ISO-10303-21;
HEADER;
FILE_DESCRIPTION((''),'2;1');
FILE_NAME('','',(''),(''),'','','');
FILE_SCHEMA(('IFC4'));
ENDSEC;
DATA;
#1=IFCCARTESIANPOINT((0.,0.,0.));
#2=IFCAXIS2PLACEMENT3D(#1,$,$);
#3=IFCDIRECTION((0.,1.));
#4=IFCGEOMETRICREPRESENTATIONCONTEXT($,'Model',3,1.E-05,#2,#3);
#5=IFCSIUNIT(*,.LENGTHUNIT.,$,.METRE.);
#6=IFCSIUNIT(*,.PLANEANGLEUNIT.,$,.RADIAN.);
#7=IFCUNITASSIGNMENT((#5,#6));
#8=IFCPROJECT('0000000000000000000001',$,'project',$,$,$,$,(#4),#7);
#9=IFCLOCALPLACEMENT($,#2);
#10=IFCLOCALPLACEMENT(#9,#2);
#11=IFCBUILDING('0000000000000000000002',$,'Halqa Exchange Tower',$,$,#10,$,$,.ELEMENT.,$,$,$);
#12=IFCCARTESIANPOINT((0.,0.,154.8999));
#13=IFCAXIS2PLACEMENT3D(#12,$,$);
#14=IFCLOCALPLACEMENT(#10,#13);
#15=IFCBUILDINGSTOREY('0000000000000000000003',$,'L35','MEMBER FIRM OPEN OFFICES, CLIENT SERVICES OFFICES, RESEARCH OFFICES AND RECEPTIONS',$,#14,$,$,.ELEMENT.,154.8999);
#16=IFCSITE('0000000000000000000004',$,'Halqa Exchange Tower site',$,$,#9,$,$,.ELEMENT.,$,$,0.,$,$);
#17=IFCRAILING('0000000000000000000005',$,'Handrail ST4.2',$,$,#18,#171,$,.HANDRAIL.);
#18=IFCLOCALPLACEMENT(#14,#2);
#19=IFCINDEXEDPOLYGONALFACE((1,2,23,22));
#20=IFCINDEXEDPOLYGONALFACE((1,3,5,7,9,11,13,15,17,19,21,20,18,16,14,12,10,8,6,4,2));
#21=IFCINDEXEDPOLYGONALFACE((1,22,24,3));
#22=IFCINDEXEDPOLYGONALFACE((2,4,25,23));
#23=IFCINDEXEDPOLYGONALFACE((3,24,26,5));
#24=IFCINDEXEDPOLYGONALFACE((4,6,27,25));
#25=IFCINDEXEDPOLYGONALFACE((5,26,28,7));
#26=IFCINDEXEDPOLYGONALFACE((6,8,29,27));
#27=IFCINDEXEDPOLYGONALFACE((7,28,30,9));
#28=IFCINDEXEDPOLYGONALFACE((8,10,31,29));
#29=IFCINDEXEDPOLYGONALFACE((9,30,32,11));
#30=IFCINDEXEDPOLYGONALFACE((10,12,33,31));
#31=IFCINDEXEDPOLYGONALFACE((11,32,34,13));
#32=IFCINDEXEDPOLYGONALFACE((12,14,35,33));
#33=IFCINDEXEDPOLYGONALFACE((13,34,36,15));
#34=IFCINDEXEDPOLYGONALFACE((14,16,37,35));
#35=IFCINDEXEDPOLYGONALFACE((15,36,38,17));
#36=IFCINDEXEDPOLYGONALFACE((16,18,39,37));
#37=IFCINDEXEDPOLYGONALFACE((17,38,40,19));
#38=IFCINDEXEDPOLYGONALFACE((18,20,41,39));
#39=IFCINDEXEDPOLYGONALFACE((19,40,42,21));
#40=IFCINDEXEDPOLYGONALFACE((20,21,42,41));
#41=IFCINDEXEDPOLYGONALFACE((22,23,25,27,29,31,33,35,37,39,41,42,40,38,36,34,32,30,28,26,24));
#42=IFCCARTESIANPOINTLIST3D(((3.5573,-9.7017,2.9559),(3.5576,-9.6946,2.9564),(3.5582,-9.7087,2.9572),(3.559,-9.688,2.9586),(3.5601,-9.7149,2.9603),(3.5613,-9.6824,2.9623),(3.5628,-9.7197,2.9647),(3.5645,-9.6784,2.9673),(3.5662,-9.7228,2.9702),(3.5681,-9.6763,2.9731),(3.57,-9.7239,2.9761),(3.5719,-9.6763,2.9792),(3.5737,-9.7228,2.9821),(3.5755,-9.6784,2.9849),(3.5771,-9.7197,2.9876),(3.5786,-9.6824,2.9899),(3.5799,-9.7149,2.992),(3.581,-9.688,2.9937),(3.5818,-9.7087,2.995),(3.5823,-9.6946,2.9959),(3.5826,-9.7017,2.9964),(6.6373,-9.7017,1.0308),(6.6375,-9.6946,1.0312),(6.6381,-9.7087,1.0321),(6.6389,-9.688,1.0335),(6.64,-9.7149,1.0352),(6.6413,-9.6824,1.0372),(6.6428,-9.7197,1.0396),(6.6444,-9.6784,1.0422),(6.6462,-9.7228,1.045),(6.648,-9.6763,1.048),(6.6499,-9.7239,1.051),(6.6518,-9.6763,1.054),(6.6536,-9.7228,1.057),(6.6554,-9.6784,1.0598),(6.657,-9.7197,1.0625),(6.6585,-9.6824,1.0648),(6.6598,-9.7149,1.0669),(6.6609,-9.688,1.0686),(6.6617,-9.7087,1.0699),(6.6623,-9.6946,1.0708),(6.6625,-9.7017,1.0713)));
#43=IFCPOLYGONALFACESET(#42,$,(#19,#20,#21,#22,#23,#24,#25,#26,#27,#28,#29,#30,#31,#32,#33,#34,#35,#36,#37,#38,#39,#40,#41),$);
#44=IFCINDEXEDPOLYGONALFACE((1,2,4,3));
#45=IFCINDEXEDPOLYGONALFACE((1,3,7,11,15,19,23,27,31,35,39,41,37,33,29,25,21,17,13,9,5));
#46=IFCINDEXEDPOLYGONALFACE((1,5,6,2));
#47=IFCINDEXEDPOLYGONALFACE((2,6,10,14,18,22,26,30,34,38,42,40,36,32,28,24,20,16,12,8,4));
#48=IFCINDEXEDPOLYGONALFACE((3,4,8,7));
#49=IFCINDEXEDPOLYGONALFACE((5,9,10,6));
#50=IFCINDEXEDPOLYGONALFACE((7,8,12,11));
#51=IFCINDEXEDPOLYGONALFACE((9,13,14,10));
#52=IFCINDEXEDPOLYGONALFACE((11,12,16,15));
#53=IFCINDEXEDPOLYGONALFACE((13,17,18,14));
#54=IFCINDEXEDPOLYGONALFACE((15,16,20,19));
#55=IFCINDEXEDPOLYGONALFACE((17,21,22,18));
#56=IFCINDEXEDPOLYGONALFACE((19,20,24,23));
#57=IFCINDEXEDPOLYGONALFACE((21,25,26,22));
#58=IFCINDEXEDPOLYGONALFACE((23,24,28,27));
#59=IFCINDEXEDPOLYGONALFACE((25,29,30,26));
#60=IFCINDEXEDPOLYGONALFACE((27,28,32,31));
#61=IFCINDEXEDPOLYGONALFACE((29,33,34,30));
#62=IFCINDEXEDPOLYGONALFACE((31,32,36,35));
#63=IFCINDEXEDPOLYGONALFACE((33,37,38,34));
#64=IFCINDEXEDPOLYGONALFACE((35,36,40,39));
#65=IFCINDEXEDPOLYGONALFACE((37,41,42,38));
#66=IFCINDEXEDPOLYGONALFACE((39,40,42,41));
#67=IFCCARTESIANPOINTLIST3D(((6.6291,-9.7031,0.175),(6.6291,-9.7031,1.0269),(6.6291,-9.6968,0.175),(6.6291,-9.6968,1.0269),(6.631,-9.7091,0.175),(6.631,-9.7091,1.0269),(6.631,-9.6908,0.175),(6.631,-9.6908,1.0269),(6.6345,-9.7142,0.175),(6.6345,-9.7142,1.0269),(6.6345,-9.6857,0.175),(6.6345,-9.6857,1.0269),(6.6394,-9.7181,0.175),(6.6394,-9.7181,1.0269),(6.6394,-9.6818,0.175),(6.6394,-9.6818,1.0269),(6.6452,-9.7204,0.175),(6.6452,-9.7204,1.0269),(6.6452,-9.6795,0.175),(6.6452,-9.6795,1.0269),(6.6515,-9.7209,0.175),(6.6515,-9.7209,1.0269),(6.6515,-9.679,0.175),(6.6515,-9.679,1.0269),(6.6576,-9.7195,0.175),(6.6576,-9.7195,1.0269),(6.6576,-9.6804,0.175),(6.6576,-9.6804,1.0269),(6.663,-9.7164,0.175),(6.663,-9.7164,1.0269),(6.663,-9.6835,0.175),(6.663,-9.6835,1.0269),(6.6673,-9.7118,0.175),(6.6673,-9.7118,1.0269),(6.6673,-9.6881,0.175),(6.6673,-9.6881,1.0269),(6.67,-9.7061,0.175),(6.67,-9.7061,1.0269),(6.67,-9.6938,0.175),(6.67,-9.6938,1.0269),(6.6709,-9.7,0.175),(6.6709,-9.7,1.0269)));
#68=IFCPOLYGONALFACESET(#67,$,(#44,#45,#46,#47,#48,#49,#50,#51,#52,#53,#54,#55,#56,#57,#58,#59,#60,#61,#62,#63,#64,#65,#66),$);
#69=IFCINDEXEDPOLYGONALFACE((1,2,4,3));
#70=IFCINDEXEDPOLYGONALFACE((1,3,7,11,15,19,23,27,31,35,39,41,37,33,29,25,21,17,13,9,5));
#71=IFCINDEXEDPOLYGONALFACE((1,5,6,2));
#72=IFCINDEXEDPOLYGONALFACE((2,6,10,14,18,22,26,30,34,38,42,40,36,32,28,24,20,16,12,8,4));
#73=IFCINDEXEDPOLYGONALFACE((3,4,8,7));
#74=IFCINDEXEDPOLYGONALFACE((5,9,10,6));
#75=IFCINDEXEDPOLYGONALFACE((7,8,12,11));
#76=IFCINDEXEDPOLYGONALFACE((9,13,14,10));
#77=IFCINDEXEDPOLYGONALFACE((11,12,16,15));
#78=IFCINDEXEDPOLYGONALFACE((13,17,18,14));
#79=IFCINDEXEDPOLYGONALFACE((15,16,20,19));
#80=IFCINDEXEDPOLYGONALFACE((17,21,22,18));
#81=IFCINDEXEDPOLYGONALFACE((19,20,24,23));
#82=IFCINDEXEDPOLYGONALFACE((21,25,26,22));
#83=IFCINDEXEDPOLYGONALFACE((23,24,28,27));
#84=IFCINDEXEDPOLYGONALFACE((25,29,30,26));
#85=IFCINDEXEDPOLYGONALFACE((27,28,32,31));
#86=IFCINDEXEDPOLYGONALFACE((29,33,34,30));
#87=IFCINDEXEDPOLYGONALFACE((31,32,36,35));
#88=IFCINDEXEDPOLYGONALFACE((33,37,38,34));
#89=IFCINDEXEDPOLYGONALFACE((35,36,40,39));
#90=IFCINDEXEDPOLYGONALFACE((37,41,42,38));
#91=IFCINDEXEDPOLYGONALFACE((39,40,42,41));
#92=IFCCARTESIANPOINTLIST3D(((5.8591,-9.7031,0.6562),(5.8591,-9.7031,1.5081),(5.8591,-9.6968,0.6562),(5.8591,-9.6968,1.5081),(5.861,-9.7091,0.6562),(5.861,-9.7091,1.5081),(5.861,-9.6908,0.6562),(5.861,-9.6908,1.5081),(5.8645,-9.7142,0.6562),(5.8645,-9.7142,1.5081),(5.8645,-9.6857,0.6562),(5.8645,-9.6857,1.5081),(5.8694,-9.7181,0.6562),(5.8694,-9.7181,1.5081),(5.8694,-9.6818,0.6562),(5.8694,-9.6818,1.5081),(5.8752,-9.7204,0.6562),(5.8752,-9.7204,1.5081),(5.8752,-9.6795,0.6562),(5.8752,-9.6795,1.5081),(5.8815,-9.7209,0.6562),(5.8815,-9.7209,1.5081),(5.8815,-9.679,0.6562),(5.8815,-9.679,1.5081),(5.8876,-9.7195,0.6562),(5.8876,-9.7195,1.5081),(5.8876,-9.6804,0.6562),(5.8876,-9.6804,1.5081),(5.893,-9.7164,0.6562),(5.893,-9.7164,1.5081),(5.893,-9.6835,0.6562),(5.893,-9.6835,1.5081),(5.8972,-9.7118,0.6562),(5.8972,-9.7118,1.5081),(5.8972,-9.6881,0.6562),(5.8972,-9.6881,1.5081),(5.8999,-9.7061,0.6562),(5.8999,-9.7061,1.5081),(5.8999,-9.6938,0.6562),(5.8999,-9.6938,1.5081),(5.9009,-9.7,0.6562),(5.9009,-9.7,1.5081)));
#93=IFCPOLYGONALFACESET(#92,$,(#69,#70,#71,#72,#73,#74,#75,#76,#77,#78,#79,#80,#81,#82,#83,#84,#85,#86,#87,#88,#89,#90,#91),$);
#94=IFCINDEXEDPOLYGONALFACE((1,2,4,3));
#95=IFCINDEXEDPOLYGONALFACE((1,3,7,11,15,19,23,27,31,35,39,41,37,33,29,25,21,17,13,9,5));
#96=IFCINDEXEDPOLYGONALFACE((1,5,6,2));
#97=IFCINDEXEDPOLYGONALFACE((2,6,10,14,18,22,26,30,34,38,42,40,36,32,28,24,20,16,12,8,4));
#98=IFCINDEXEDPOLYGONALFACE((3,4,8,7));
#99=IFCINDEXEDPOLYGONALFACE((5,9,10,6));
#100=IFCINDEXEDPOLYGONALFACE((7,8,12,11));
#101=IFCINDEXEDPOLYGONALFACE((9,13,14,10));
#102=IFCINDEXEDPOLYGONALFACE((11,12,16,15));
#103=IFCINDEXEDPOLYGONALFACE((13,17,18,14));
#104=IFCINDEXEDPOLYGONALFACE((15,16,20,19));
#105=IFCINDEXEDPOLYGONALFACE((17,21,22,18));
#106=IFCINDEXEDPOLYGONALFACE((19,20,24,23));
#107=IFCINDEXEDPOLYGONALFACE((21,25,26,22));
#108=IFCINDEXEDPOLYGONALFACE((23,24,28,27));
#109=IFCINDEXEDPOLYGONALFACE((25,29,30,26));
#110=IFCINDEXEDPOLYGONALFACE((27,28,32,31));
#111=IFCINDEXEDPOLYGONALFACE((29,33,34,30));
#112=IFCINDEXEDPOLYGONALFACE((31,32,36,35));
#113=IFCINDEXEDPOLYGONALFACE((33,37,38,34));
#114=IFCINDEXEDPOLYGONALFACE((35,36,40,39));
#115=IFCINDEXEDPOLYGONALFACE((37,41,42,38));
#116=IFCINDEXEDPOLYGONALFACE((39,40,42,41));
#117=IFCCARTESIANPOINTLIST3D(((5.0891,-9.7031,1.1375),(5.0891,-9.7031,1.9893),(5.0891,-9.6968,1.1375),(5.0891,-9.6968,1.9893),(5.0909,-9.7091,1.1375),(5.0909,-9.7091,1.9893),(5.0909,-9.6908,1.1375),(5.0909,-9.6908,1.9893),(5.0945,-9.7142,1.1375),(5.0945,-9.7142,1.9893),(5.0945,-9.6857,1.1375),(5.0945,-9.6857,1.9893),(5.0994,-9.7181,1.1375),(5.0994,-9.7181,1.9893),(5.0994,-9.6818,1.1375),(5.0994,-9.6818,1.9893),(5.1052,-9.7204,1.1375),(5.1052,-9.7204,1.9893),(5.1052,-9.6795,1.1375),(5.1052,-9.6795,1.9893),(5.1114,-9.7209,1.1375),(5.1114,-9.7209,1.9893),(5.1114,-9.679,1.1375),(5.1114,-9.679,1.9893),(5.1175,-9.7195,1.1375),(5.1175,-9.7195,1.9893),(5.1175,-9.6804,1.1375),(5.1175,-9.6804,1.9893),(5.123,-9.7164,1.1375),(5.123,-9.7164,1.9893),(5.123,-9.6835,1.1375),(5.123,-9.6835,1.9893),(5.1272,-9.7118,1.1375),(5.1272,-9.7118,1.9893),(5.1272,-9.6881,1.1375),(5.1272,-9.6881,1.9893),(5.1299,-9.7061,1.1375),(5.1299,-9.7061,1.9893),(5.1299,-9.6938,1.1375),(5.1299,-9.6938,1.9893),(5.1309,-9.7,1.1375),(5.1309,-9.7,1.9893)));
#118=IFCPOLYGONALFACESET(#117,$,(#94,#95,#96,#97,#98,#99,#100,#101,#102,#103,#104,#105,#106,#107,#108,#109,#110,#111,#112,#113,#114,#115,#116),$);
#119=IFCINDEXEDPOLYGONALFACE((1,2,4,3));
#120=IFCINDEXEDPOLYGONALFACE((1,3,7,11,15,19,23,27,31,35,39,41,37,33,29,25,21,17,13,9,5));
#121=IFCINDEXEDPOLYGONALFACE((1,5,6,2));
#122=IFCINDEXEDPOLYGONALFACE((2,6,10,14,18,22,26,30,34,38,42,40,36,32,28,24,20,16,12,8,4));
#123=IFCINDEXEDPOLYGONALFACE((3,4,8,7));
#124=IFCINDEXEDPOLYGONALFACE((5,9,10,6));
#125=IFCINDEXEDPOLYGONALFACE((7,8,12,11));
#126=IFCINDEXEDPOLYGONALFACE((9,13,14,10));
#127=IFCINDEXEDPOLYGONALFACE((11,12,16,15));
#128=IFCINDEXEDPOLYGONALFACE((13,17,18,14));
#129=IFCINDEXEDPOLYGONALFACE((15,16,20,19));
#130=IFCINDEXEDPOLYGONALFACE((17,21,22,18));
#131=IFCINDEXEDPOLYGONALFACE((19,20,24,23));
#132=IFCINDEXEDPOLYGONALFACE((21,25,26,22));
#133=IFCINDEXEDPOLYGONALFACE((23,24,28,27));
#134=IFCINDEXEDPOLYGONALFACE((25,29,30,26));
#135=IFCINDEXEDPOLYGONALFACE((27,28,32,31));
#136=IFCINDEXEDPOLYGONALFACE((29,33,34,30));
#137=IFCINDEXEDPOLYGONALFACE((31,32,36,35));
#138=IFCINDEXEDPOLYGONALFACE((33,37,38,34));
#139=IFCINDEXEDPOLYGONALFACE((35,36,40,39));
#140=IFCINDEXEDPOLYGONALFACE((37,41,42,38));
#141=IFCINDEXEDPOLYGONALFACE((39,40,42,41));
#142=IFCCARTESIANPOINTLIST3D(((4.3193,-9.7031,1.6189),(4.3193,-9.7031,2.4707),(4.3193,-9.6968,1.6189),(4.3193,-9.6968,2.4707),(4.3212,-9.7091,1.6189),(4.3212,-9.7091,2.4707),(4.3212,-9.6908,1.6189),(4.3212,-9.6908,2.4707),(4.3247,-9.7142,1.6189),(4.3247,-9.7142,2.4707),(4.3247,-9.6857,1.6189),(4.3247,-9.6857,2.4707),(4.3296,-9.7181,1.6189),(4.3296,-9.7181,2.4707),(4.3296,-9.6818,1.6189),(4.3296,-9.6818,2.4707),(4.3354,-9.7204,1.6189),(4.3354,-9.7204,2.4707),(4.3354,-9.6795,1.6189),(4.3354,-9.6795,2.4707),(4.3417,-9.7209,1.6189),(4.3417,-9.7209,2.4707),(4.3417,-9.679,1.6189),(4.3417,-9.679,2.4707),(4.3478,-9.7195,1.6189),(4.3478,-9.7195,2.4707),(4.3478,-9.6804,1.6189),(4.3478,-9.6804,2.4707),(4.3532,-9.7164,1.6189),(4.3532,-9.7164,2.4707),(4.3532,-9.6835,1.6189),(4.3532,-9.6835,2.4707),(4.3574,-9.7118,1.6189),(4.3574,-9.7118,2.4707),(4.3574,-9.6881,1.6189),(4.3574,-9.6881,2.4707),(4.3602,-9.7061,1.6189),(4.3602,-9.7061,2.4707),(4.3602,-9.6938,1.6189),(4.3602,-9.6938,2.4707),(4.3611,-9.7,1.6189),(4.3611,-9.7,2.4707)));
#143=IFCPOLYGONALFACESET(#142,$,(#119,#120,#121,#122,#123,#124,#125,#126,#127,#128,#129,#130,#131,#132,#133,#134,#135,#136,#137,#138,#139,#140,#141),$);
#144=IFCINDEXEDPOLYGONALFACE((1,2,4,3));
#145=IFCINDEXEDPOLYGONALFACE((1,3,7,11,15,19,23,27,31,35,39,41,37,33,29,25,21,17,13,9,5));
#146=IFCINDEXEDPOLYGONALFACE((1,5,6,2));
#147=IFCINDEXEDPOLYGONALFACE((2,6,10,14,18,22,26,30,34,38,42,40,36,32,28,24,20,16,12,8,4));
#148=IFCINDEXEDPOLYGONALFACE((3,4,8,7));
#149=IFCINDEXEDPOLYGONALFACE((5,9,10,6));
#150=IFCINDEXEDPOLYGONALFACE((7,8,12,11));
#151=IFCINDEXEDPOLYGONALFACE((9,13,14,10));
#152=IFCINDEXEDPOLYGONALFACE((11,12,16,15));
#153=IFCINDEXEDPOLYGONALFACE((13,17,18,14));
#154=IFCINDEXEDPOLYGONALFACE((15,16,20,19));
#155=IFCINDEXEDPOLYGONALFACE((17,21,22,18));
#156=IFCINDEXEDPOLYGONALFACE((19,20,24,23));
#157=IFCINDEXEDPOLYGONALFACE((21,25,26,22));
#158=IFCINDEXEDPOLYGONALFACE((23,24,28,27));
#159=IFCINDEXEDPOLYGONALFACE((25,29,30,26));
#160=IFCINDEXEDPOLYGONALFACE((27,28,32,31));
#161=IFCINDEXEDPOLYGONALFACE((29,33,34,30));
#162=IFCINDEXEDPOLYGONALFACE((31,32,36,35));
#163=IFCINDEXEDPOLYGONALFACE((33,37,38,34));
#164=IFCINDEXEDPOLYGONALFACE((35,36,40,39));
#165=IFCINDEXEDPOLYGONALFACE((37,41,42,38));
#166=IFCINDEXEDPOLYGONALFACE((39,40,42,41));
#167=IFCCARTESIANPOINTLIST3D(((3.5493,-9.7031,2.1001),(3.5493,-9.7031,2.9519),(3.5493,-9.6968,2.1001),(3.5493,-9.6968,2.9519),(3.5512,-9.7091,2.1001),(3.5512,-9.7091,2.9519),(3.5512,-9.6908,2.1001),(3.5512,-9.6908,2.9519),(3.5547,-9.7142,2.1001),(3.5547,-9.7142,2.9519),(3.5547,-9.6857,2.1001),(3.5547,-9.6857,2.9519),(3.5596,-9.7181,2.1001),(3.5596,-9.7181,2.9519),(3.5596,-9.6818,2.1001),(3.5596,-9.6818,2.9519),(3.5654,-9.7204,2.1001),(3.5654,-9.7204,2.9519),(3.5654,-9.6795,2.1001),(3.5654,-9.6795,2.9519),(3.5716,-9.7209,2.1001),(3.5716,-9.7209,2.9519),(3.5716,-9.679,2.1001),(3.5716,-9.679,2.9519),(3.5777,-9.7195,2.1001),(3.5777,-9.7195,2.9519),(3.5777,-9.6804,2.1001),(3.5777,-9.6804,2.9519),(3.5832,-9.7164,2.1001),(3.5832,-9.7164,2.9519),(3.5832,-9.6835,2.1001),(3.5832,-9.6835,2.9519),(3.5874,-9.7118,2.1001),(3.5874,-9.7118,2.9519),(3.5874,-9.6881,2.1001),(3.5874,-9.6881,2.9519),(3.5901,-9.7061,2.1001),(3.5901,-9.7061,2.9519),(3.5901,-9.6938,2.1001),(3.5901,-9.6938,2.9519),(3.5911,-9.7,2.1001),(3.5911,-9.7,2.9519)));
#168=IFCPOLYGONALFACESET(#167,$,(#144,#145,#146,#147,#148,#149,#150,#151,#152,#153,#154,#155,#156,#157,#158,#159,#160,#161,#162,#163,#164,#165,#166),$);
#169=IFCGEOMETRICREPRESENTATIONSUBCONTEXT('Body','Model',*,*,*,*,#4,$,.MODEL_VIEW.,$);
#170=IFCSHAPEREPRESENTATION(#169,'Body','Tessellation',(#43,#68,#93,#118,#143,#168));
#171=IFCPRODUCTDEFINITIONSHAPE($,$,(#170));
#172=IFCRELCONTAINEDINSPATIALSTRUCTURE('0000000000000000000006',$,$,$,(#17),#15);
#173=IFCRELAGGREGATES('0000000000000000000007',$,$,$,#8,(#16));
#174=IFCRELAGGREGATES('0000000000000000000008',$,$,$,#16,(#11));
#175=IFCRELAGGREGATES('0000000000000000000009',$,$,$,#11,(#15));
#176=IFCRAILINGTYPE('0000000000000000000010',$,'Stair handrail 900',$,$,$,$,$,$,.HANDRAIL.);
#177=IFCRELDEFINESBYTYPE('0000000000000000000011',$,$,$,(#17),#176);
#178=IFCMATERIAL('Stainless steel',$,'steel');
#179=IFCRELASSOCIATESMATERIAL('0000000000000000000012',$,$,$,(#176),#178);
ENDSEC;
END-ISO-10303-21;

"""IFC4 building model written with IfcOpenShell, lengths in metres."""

from ifc_helpers import new_model, si_unit, direction, frame, origin, origin_2d, place, context, subcontext, project, spatial, circle, extrude, material, type_object, element, save


model = new_model("IFC4")

# Units and contexts
model_context = context("Model", 3, precision=1e-05, world=origin(), true_north=direction((0.0, 1.0)))
body_context = subcontext(model_context, "Body", "Model", "MODEL_VIEW")
ifc_project = project(units=[si_unit("LENGTHUNIT", "METRE"), si_unit("PLANEANGLEUNIT", "RADIAN")], contexts=[model_context])

# Site, building, storey
site_placement = place(None, origin())
site = spatial("IfcSite", under=ifc_project, at=site_placement, Name="Halqa Exchange Tower site", CompositionType="ELEMENT", RefElevation=0.0)
building_placement = place(site_placement, origin())
building = spatial("IfcBuilding", under=site, at=building_placement, Name="Halqa Exchange Tower", CompositionType="ELEMENT")
storey_placement = place(building_placement, frame((0.0, 0.0, 154.8999)))
storey = spatial("IfcBuildingStorey", under=building, at=storey_placement, Name="L35", Description="MEMBER FIRM OPEN OFFICES, CLIENT SERVICES OFFICES, RESEARCH OFFICES AND RECEPTIONS", CompositionType="ELEMENT", Elevation=154.8999)

# Railing
ifc_material_1 = material(Name="Stainless steel", Category="steel")
railing_type_1 = type_object("IfcRailingType", Name="Stair handrail 900", PredefinedType="HANDRAIL", material=ifc_material_1)
railing_1_placement = place(storey_placement, frame((6.6499, -9.7, 0.175)))
element("IfcRailing", 1, at=railing_1_placement, inside=storey, type_object=railing_type_1, Name="Handrail ST4.2", PredefinedType="HANDRAIL", context=body_context, shape_type="SweptSolid", body=[
    extrude(circle(Radius=0.0239, at=origin_2d()), frame((0.0, 0.0, 0.876), z_axis=(-0.847979, 0.0, 0.530029), x_axis=(0.0, -1.0, 0.0)), (0.0, 0.0, 1.0), 3.6321),
    extrude(circle(Radius=0.021, at=origin_2d()), origin(), (0.0, 0.0, 1.0), 0.8518),
    extrude(circle(Radius=0.021, at=origin_2d()), frame((-0.77, 0.0, 0.4812)), (0.0, 0.0, 1.0), 0.8518),
    extrude(circle(Radius=0.021, at=origin_2d()), frame((-1.54, 0.0, 0.9624)), (0.0, 0.0, 1.0), 0.8518),
    extrude(circle(Radius=0.021, at=origin_2d()), frame((-2.3098, 0.0, 1.4438)), (0.0, 0.0, 1.0), 0.8518),
    extrude(circle(Radius=0.021, at=origin_2d()), frame((-3.0798, 0.0, 1.925)), (0.0, 0.0, 1.0), 0.8518),
])

save(model, "model.ifc")
